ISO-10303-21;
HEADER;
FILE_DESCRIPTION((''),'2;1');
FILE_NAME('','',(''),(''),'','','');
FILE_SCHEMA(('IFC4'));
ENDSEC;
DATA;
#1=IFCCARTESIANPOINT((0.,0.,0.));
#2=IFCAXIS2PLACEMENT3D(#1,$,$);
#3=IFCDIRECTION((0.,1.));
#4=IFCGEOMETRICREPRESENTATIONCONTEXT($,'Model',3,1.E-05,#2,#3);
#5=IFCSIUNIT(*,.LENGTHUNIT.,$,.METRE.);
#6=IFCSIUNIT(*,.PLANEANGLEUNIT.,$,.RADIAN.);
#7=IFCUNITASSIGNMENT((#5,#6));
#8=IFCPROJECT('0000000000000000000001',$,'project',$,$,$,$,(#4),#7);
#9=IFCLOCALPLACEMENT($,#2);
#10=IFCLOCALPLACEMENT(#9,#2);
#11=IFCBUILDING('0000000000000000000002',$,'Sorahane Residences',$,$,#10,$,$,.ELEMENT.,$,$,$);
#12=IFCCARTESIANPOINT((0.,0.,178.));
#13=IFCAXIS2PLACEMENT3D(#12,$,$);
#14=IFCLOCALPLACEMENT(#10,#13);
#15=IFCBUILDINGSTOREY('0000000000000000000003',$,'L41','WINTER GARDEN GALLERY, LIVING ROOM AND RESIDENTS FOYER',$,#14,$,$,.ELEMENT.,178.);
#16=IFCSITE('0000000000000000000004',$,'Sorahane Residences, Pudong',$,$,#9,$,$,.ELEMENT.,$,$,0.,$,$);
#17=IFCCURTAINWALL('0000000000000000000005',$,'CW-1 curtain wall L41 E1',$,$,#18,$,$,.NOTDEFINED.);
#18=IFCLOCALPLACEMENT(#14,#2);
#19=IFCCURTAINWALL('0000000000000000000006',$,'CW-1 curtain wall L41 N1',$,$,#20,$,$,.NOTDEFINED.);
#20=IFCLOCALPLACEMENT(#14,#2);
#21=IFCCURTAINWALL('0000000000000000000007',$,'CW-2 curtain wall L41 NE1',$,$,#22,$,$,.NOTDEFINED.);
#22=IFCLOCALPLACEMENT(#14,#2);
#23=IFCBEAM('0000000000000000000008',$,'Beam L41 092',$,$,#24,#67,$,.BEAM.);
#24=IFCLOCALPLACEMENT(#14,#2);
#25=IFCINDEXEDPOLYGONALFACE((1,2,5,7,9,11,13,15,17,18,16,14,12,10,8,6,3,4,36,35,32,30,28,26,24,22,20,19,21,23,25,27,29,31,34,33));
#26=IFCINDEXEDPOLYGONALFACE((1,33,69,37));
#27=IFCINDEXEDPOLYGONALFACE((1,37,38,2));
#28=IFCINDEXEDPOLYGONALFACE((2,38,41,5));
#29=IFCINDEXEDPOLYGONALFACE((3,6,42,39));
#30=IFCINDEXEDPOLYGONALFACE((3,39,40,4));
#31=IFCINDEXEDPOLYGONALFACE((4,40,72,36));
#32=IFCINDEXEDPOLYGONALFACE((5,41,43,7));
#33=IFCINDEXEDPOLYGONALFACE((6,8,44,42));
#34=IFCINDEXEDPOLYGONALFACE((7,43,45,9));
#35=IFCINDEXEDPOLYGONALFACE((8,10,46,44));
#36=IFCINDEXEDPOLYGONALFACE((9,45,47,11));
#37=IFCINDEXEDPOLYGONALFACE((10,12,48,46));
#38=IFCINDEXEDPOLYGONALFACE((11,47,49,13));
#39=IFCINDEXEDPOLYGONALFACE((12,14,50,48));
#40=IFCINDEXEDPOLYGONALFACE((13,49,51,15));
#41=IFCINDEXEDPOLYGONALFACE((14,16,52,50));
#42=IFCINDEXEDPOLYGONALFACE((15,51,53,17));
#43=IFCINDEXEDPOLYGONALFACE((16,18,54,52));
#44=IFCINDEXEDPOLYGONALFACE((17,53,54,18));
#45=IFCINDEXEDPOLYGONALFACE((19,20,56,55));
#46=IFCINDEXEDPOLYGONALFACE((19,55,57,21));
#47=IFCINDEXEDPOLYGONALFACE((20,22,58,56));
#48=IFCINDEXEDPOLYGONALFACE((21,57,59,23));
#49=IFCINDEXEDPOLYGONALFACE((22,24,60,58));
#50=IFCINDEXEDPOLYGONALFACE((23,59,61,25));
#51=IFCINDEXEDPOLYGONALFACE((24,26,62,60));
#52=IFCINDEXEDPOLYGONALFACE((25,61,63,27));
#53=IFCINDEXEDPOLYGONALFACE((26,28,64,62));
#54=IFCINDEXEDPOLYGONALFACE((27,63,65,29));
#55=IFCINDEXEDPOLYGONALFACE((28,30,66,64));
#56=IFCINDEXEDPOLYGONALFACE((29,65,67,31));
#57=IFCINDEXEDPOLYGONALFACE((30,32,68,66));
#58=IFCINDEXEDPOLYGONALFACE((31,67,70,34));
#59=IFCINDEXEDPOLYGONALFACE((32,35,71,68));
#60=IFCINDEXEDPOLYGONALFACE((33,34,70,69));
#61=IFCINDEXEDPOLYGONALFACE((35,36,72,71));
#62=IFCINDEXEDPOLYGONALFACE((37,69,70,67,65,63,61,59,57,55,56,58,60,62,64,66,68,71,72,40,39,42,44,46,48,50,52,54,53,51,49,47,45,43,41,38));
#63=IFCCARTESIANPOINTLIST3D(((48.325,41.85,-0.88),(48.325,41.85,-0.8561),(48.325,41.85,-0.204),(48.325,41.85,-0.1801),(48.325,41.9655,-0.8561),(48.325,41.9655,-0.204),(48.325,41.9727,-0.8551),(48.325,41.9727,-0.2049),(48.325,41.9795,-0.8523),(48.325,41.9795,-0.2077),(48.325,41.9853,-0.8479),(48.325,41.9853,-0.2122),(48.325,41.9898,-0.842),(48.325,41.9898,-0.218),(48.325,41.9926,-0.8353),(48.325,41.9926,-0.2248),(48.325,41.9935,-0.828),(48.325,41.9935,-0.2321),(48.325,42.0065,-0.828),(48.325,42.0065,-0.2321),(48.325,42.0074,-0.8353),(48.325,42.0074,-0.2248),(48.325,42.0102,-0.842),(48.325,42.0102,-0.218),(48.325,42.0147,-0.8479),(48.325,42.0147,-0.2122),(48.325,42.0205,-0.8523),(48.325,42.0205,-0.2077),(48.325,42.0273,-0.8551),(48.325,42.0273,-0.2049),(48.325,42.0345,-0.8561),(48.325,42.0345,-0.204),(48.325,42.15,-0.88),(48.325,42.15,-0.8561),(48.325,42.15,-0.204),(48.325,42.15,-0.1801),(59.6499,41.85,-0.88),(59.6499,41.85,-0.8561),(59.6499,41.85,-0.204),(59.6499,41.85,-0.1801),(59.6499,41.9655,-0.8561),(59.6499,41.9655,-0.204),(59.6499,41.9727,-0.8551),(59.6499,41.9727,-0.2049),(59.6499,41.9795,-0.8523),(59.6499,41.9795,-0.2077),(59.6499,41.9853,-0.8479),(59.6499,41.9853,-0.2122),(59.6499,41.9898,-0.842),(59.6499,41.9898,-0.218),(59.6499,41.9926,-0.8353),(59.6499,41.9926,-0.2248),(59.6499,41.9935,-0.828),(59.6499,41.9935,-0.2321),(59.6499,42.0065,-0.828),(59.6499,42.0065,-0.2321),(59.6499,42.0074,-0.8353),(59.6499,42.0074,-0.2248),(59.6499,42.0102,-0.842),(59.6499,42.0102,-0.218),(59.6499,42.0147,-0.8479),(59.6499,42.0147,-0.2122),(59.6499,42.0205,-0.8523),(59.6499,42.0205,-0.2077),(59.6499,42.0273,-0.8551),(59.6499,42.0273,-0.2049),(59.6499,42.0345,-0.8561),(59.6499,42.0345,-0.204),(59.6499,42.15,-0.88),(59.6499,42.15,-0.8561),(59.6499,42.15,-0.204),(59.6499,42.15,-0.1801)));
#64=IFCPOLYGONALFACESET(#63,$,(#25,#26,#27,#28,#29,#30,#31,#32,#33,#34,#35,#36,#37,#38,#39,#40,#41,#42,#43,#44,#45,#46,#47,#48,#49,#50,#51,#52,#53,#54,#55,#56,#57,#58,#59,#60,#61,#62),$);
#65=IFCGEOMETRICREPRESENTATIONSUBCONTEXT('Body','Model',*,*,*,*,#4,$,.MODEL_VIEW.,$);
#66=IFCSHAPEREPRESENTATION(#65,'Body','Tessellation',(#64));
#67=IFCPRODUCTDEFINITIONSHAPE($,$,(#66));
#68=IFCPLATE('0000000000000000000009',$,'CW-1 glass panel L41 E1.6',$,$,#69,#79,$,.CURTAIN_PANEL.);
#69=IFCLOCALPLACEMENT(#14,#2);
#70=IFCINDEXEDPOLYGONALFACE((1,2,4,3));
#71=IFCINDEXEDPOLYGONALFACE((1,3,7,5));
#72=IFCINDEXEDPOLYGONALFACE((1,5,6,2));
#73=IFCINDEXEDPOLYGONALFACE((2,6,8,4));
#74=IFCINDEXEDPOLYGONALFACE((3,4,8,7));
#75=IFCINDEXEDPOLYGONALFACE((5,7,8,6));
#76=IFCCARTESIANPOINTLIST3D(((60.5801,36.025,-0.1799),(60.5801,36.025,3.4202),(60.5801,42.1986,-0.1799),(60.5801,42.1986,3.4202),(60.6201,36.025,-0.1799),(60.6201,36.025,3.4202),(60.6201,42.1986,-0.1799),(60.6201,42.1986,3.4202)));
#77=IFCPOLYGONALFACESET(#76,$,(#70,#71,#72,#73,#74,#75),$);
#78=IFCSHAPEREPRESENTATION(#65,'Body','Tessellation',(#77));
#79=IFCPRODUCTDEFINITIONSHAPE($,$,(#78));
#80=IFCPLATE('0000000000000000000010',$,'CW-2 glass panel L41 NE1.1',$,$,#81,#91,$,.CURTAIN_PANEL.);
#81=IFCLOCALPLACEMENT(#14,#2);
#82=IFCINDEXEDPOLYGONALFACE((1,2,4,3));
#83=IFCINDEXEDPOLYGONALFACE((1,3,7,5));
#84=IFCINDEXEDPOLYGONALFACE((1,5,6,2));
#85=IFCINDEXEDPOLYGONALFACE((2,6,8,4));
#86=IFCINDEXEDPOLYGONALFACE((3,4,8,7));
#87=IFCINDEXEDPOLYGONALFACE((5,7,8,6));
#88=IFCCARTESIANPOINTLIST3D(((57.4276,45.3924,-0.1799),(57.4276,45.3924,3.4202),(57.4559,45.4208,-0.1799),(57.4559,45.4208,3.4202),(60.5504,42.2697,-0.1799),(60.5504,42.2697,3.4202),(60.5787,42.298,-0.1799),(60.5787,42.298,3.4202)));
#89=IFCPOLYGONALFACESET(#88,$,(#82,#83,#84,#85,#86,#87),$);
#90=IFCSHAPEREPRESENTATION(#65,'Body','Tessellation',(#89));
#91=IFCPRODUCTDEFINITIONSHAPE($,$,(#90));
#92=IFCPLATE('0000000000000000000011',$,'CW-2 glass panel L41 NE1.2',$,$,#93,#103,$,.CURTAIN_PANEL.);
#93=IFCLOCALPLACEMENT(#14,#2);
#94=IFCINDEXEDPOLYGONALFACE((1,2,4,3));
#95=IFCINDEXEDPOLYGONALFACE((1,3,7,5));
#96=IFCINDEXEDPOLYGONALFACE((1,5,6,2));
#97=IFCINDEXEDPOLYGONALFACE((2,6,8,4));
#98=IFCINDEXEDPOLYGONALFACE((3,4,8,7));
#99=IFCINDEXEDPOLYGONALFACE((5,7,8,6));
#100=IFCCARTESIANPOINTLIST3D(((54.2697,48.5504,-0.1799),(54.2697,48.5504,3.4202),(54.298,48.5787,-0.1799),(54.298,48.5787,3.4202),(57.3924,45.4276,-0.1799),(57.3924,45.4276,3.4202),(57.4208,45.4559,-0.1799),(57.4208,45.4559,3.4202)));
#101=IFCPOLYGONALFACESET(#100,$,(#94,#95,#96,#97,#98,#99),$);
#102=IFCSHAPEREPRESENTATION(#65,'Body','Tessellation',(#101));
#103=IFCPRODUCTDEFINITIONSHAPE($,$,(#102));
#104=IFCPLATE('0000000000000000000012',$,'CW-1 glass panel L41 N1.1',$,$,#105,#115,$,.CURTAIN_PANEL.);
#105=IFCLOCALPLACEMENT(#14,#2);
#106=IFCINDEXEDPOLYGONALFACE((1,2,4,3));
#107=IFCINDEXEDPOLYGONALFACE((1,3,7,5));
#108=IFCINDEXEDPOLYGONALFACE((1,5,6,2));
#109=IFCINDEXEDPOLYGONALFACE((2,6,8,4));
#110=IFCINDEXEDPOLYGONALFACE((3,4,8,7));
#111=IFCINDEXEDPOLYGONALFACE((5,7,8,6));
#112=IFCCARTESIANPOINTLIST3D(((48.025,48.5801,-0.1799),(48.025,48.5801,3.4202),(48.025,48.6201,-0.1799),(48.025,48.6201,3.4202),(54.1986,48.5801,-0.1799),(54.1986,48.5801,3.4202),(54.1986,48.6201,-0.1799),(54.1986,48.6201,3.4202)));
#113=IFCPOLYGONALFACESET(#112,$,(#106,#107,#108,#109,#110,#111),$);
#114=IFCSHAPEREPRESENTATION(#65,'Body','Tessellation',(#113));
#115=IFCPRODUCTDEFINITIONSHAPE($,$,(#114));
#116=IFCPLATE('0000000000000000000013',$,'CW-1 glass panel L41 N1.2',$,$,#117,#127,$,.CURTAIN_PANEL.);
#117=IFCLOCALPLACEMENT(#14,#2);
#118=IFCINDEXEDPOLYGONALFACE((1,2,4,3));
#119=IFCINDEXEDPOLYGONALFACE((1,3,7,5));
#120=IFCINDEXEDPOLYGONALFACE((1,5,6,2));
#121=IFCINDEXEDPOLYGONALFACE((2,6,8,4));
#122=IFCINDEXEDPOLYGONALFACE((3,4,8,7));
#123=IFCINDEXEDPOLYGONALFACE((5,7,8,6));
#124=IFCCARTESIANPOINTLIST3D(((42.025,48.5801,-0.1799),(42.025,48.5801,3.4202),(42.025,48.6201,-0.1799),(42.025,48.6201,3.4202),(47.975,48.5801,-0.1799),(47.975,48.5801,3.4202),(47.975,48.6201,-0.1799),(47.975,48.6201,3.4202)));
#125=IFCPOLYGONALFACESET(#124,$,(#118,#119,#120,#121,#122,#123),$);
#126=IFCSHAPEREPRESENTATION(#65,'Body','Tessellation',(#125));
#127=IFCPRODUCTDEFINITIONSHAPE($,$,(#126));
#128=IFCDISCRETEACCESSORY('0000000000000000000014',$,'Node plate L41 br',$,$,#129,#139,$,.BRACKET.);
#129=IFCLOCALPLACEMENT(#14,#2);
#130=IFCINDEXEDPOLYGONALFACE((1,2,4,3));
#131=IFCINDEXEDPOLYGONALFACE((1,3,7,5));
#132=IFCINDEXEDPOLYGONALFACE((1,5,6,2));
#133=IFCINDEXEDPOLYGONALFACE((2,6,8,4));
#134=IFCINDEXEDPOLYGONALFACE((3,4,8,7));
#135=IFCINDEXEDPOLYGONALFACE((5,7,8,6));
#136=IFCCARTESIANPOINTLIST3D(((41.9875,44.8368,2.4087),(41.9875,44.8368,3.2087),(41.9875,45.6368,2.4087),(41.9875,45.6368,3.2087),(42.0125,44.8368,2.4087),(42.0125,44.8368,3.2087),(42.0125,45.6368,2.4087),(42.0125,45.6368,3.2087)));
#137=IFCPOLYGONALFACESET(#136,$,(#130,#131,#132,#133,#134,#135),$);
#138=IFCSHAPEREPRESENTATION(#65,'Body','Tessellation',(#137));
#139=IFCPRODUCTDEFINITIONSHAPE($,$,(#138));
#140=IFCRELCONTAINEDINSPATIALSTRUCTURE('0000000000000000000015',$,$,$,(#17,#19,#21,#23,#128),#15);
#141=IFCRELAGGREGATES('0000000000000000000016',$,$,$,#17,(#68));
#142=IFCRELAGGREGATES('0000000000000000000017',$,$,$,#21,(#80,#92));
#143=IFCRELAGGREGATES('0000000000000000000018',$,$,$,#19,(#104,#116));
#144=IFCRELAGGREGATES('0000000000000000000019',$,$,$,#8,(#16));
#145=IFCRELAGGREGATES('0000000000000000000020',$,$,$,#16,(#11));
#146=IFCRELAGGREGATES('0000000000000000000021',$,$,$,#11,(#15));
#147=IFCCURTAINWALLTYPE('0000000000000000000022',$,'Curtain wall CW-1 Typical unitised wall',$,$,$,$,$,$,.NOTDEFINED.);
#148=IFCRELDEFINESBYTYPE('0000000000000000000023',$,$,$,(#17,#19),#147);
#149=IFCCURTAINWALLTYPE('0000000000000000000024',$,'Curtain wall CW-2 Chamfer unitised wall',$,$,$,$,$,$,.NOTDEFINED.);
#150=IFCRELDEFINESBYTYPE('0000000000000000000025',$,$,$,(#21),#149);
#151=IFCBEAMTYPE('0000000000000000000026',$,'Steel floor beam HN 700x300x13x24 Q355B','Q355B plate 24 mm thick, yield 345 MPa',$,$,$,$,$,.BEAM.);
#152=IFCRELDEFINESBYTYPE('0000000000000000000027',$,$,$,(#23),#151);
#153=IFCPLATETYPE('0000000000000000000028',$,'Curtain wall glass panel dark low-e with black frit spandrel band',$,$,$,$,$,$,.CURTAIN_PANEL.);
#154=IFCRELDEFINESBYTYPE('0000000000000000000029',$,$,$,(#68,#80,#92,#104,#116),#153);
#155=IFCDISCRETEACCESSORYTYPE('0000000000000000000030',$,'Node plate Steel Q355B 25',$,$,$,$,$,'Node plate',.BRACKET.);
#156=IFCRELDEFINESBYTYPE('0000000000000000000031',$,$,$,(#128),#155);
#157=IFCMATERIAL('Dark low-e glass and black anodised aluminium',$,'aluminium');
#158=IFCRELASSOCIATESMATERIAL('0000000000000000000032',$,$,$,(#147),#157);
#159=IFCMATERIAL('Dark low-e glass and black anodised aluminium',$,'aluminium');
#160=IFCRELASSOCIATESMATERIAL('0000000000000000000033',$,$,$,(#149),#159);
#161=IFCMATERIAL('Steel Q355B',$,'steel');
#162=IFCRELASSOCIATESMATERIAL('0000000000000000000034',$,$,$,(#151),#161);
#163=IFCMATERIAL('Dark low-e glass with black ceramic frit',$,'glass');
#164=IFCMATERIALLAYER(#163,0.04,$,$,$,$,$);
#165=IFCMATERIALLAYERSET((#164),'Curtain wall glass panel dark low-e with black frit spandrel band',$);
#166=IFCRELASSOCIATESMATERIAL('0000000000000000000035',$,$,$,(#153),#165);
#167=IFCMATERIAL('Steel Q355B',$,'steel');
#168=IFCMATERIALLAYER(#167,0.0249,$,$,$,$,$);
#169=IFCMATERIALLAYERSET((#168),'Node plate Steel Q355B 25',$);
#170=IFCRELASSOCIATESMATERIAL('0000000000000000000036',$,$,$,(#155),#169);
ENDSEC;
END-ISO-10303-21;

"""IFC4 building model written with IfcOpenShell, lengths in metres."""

from ifc_helpers import new_model, si_unit, direction, frame, origin, origin_2d, place, context, subcontext, project, spatial, rectangle, i_section, extrude, material, layer, layer_set, material_profile, profile_set, type_object, element, aggregate, save


model = new_model("IFC4")

# Units and contexts
model_context = context("Model", 3, precision=1e-05, world=origin(), true_north=direction((0.0, 1.0)))
body_context = subcontext(model_context, "Body", "Model", "MODEL_VIEW")
ifc_project = project(units=[si_unit("LENGTHUNIT", "METRE"), si_unit("PLANEANGLEUNIT", "RADIAN")], contexts=[model_context])

# Site, building, storey
site_placement = place(None, origin())
site = spatial("IfcSite", under=ifc_project, at=site_placement, Name="Sorahane Residences, Pudong", CompositionType="ELEMENT", RefElevation=0.0)
building_placement = place(site_placement, origin())
building = spatial("IfcBuilding", under=site, at=building_placement, Name="Sorahane Residences", CompositionType="ELEMENT")
storey_placement = place(building_placement, frame((0.0, 0.0, 178.0)))
storey = spatial("IfcBuildingStorey", under=building, at=storey_placement, Name="L41", Description="WINTER GARDEN GALLERY, LIVING ROOM AND RESIDENTS FOYER", CompositionType="ELEMENT", Elevation=178.0)

# Curtain wall
ifc_material_1 = material(Name="Dark low-e glass and black anodised aluminium", Category="aluminium")
curtain_wall_type_1 = type_object("IfcCurtainWallType", Name="Curtain wall CW-1 Typical unitised wall", PredefinedType="NOTDEFINED", material=ifc_material_1)
curtain_wall_1_placement = place(storey_placement, origin())
curtain_wall_1 = element("IfcCurtainWall", 1, at=curtain_wall_1_placement, inside=storey, type_object=curtain_wall_type_1, Name="CW-1 curtain wall L41 E1", PredefinedType="NOTDEFINED")

# Curtain walls
curtain_wall_2_placement = place(storey_placement, origin())
curtain_wall_2 = element("IfcCurtainWall", 2, at=curtain_wall_2_placement, inside=storey, type_object=curtain_wall_type_1, Name="CW-1 curtain wall L41 N1", PredefinedType="NOTDEFINED")
ifc_material_2 = material(Name="Dark low-e glass and black anodised aluminium", Category="aluminium")
curtain_wall_type_2 = type_object("IfcCurtainWallType", Name="Curtain wall CW-2 Chamfer unitised wall", PredefinedType="NOTDEFINED", material=ifc_material_2)
curtain_wall_3_placement = place(storey_placement, origin())
curtain_wall_3 = element("IfcCurtainWall", 3, at=curtain_wall_3_placement, inside=storey, type_object=curtain_wall_type_2, Name="CW-2 curtain wall L41 NE1", PredefinedType="NOTDEFINED")

# Beam
ifc_material_3 = material(Name="Steel Q355B", Category="steel")
ifc_material_profile_1 = material_profile(ifc_material_3, i_section(OverallWidth=0.3, OverallDepth=0.7, WebThickness=0.0129, FlangeThickness=0.0239, FilletRadius=0.0281, at=origin_2d()), Name="HN 700x300x13x24")
ifc_profile_set_1 = profile_set([ifc_material_profile_1], Name="Steel Q355B")
beam_type_1 = type_object("IfcBeamType", Name="Steel floor beam HN 700x300x13x24 Q355B", Description="Q355B plate 24 mm thick, yield 345 MPa", PredefinedType="BEAM", material=ifc_profile_set_1)
beam_1_placement = place(storey_placement, frame((48.325, 42.0, -0.53), z_axis=(1.0, 0.0, 0.0), x_axis=(0.0, 1.0, 0.0)))
element("IfcBeam", 4, at=beam_1_placement, inside=storey, type_object=beam_type_1, Name="Beam L41 092", PredefinedType="BEAM", context=body_context, shape_type="SweptSolid", body=[
    extrude(i_section(OverallWidth=0.3, OverallDepth=0.7, WebThickness=0.0129, FlangeThickness=0.0239, FilletRadius=0.0281, at=origin_2d()), origin(), (0.0, 0.0, 1.0), 11.325),
])

# Plates
ifc_material_4 = material(Name="Dark low-e glass with black ceramic frit", Category="glass")
ifc_layer_1 = layer(ifc_material_4, 0.04)
ifc_layer_set_1 = layer_set([ifc_layer_1], Name="Curtain wall glass panel dark low-e with black frit spandrel band")
plate_type = type_object("IfcPlateType", Name="Curtain wall glass panel dark low-e with black frit spandrel band", PredefinedType="CURTAIN_PANEL", material=ifc_layer_set_1)
plate_1_placement = place(storey_placement, frame((60.6001, 39.1118, -0.1799), z_axis=(0.0, 0.0, 1.0), x_axis=(0.0, 1.0, 0.0)))
plate_1 = element("IfcPlate", 5, at=plate_1_placement, type_object=plate_type, Name="CW-1 glass panel L41 E1.6", PredefinedType="CURTAIN_PANEL", context=body_context, shape_type="SweptSolid", body=[
    extrude(rectangle(XDim=6.1736, YDim=0.04, at=origin_2d()), origin(), (0.0, 0.0, 1.0), 3.6001),
])
aggregate(curtain_wall_1, [plate_1])
plate_2_placement = place(storey_placement, frame((59.0032, 43.8452, -0.1799), z_axis=(0.0, 0.0, 1.0), x_axis=(-0.707107, 0.707107, 0.0)))
plate_2 = element("IfcPlate", 6, at=plate_2_placement, type_object=plate_type, Name="CW-2 glass panel L41 NE1.1", PredefinedType="CURTAIN_PANEL", context=body_context, shape_type="SweptSolid", body=[
    extrude(rectangle(XDim=4.4163, YDim=0.04, at=origin_2d()), origin(), (0.0, 0.0, 1.0), 3.6001),
])
plate_3_placement = place(storey_placement, frame((55.8452, 47.0032, -0.1799), z_axis=(0.0, 0.0, 1.0), x_axis=(-0.707107, 0.707107, 0.0)))
plate_3 = element("IfcPlate", 7, at=plate_3_placement, type_object=plate_type, Name="CW-2 glass panel L41 NE1.2", PredefinedType="CURTAIN_PANEL", context=body_context, shape_type="SweptSolid", body=[
    extrude(rectangle(XDim=4.4163, YDim=0.04, at=origin_2d()), origin(), (0.0, 0.0, 1.0), 3.6001),
])
aggregate(curtain_wall_3, [plate_2, plate_3])
plate_4_placement = place(storey_placement, frame((51.1118, 48.6001, -0.1799), z_axis=(0.0, 0.0, 1.0), x_axis=(-1.0, 0.0, 0.0)))
plate_4 = element("IfcPlate", 8, at=plate_4_placement, type_object=plate_type, Name="CW-1 glass panel L41 N1.1", PredefinedType="CURTAIN_PANEL", context=body_context, shape_type="SweptSolid", body=[
    extrude(rectangle(XDim=6.1736, YDim=0.04, at=origin_2d()), origin(), (0.0, 0.0, 1.0), 3.6001),
])
plate_5_placement = place(storey_placement, frame((45.0, 48.6001, -0.1799), z_axis=(0.0, 0.0, 1.0), x_axis=(-1.0, 0.0, 0.0)))
plate_5 = element("IfcPlate", 9, at=plate_5_placement, type_object=plate_type, Name="CW-1 glass panel L41 N1.2", PredefinedType="CURTAIN_PANEL", context=body_context, shape_type="SweptSolid", body=[
    extrude(rectangle(XDim=5.95, YDim=0.04, at=origin_2d()), origin(), (0.0, 0.0, 1.0), 3.6001),
])
aggregate(curtain_wall_2, [plate_4, plate_5])

# Discrete accessory
ifc_material_5 = material(Name="Steel Q355B", Category="steel")
ifc_layer_2 = layer(ifc_material_5, 0.0249)
ifc_layer_set_2 = layer_set([ifc_layer_2], Name="Node plate Steel Q355B 25")
discrete_accessory_type = type_object("IfcDiscreteAccessoryType", Name="Node plate Steel Q355B 25", ElementType="Node plate", PredefinedType="BRACKET", material=ifc_layer_set_2)
discrete_accessory_placement = place(storey_placement, frame((42.0, 45.2368, 2.4087), z_axis=(0.0, 0.0, 1.0), x_axis=(0.0, 1.0, 0.0)))
element("IfcDiscreteAccessory", 10, at=discrete_accessory_placement, inside=storey, type_object=discrete_accessory_type, Name="Node plate L41 br", PredefinedType="BRACKET", context=body_context, shape_type="SweptSolid", body=[
    extrude(rectangle(XDim=0.8, YDim=0.0249, at=origin_2d()), origin(), (0.0, 0.0, 1.0), 0.8),
])

save(model, "model.ifc")
